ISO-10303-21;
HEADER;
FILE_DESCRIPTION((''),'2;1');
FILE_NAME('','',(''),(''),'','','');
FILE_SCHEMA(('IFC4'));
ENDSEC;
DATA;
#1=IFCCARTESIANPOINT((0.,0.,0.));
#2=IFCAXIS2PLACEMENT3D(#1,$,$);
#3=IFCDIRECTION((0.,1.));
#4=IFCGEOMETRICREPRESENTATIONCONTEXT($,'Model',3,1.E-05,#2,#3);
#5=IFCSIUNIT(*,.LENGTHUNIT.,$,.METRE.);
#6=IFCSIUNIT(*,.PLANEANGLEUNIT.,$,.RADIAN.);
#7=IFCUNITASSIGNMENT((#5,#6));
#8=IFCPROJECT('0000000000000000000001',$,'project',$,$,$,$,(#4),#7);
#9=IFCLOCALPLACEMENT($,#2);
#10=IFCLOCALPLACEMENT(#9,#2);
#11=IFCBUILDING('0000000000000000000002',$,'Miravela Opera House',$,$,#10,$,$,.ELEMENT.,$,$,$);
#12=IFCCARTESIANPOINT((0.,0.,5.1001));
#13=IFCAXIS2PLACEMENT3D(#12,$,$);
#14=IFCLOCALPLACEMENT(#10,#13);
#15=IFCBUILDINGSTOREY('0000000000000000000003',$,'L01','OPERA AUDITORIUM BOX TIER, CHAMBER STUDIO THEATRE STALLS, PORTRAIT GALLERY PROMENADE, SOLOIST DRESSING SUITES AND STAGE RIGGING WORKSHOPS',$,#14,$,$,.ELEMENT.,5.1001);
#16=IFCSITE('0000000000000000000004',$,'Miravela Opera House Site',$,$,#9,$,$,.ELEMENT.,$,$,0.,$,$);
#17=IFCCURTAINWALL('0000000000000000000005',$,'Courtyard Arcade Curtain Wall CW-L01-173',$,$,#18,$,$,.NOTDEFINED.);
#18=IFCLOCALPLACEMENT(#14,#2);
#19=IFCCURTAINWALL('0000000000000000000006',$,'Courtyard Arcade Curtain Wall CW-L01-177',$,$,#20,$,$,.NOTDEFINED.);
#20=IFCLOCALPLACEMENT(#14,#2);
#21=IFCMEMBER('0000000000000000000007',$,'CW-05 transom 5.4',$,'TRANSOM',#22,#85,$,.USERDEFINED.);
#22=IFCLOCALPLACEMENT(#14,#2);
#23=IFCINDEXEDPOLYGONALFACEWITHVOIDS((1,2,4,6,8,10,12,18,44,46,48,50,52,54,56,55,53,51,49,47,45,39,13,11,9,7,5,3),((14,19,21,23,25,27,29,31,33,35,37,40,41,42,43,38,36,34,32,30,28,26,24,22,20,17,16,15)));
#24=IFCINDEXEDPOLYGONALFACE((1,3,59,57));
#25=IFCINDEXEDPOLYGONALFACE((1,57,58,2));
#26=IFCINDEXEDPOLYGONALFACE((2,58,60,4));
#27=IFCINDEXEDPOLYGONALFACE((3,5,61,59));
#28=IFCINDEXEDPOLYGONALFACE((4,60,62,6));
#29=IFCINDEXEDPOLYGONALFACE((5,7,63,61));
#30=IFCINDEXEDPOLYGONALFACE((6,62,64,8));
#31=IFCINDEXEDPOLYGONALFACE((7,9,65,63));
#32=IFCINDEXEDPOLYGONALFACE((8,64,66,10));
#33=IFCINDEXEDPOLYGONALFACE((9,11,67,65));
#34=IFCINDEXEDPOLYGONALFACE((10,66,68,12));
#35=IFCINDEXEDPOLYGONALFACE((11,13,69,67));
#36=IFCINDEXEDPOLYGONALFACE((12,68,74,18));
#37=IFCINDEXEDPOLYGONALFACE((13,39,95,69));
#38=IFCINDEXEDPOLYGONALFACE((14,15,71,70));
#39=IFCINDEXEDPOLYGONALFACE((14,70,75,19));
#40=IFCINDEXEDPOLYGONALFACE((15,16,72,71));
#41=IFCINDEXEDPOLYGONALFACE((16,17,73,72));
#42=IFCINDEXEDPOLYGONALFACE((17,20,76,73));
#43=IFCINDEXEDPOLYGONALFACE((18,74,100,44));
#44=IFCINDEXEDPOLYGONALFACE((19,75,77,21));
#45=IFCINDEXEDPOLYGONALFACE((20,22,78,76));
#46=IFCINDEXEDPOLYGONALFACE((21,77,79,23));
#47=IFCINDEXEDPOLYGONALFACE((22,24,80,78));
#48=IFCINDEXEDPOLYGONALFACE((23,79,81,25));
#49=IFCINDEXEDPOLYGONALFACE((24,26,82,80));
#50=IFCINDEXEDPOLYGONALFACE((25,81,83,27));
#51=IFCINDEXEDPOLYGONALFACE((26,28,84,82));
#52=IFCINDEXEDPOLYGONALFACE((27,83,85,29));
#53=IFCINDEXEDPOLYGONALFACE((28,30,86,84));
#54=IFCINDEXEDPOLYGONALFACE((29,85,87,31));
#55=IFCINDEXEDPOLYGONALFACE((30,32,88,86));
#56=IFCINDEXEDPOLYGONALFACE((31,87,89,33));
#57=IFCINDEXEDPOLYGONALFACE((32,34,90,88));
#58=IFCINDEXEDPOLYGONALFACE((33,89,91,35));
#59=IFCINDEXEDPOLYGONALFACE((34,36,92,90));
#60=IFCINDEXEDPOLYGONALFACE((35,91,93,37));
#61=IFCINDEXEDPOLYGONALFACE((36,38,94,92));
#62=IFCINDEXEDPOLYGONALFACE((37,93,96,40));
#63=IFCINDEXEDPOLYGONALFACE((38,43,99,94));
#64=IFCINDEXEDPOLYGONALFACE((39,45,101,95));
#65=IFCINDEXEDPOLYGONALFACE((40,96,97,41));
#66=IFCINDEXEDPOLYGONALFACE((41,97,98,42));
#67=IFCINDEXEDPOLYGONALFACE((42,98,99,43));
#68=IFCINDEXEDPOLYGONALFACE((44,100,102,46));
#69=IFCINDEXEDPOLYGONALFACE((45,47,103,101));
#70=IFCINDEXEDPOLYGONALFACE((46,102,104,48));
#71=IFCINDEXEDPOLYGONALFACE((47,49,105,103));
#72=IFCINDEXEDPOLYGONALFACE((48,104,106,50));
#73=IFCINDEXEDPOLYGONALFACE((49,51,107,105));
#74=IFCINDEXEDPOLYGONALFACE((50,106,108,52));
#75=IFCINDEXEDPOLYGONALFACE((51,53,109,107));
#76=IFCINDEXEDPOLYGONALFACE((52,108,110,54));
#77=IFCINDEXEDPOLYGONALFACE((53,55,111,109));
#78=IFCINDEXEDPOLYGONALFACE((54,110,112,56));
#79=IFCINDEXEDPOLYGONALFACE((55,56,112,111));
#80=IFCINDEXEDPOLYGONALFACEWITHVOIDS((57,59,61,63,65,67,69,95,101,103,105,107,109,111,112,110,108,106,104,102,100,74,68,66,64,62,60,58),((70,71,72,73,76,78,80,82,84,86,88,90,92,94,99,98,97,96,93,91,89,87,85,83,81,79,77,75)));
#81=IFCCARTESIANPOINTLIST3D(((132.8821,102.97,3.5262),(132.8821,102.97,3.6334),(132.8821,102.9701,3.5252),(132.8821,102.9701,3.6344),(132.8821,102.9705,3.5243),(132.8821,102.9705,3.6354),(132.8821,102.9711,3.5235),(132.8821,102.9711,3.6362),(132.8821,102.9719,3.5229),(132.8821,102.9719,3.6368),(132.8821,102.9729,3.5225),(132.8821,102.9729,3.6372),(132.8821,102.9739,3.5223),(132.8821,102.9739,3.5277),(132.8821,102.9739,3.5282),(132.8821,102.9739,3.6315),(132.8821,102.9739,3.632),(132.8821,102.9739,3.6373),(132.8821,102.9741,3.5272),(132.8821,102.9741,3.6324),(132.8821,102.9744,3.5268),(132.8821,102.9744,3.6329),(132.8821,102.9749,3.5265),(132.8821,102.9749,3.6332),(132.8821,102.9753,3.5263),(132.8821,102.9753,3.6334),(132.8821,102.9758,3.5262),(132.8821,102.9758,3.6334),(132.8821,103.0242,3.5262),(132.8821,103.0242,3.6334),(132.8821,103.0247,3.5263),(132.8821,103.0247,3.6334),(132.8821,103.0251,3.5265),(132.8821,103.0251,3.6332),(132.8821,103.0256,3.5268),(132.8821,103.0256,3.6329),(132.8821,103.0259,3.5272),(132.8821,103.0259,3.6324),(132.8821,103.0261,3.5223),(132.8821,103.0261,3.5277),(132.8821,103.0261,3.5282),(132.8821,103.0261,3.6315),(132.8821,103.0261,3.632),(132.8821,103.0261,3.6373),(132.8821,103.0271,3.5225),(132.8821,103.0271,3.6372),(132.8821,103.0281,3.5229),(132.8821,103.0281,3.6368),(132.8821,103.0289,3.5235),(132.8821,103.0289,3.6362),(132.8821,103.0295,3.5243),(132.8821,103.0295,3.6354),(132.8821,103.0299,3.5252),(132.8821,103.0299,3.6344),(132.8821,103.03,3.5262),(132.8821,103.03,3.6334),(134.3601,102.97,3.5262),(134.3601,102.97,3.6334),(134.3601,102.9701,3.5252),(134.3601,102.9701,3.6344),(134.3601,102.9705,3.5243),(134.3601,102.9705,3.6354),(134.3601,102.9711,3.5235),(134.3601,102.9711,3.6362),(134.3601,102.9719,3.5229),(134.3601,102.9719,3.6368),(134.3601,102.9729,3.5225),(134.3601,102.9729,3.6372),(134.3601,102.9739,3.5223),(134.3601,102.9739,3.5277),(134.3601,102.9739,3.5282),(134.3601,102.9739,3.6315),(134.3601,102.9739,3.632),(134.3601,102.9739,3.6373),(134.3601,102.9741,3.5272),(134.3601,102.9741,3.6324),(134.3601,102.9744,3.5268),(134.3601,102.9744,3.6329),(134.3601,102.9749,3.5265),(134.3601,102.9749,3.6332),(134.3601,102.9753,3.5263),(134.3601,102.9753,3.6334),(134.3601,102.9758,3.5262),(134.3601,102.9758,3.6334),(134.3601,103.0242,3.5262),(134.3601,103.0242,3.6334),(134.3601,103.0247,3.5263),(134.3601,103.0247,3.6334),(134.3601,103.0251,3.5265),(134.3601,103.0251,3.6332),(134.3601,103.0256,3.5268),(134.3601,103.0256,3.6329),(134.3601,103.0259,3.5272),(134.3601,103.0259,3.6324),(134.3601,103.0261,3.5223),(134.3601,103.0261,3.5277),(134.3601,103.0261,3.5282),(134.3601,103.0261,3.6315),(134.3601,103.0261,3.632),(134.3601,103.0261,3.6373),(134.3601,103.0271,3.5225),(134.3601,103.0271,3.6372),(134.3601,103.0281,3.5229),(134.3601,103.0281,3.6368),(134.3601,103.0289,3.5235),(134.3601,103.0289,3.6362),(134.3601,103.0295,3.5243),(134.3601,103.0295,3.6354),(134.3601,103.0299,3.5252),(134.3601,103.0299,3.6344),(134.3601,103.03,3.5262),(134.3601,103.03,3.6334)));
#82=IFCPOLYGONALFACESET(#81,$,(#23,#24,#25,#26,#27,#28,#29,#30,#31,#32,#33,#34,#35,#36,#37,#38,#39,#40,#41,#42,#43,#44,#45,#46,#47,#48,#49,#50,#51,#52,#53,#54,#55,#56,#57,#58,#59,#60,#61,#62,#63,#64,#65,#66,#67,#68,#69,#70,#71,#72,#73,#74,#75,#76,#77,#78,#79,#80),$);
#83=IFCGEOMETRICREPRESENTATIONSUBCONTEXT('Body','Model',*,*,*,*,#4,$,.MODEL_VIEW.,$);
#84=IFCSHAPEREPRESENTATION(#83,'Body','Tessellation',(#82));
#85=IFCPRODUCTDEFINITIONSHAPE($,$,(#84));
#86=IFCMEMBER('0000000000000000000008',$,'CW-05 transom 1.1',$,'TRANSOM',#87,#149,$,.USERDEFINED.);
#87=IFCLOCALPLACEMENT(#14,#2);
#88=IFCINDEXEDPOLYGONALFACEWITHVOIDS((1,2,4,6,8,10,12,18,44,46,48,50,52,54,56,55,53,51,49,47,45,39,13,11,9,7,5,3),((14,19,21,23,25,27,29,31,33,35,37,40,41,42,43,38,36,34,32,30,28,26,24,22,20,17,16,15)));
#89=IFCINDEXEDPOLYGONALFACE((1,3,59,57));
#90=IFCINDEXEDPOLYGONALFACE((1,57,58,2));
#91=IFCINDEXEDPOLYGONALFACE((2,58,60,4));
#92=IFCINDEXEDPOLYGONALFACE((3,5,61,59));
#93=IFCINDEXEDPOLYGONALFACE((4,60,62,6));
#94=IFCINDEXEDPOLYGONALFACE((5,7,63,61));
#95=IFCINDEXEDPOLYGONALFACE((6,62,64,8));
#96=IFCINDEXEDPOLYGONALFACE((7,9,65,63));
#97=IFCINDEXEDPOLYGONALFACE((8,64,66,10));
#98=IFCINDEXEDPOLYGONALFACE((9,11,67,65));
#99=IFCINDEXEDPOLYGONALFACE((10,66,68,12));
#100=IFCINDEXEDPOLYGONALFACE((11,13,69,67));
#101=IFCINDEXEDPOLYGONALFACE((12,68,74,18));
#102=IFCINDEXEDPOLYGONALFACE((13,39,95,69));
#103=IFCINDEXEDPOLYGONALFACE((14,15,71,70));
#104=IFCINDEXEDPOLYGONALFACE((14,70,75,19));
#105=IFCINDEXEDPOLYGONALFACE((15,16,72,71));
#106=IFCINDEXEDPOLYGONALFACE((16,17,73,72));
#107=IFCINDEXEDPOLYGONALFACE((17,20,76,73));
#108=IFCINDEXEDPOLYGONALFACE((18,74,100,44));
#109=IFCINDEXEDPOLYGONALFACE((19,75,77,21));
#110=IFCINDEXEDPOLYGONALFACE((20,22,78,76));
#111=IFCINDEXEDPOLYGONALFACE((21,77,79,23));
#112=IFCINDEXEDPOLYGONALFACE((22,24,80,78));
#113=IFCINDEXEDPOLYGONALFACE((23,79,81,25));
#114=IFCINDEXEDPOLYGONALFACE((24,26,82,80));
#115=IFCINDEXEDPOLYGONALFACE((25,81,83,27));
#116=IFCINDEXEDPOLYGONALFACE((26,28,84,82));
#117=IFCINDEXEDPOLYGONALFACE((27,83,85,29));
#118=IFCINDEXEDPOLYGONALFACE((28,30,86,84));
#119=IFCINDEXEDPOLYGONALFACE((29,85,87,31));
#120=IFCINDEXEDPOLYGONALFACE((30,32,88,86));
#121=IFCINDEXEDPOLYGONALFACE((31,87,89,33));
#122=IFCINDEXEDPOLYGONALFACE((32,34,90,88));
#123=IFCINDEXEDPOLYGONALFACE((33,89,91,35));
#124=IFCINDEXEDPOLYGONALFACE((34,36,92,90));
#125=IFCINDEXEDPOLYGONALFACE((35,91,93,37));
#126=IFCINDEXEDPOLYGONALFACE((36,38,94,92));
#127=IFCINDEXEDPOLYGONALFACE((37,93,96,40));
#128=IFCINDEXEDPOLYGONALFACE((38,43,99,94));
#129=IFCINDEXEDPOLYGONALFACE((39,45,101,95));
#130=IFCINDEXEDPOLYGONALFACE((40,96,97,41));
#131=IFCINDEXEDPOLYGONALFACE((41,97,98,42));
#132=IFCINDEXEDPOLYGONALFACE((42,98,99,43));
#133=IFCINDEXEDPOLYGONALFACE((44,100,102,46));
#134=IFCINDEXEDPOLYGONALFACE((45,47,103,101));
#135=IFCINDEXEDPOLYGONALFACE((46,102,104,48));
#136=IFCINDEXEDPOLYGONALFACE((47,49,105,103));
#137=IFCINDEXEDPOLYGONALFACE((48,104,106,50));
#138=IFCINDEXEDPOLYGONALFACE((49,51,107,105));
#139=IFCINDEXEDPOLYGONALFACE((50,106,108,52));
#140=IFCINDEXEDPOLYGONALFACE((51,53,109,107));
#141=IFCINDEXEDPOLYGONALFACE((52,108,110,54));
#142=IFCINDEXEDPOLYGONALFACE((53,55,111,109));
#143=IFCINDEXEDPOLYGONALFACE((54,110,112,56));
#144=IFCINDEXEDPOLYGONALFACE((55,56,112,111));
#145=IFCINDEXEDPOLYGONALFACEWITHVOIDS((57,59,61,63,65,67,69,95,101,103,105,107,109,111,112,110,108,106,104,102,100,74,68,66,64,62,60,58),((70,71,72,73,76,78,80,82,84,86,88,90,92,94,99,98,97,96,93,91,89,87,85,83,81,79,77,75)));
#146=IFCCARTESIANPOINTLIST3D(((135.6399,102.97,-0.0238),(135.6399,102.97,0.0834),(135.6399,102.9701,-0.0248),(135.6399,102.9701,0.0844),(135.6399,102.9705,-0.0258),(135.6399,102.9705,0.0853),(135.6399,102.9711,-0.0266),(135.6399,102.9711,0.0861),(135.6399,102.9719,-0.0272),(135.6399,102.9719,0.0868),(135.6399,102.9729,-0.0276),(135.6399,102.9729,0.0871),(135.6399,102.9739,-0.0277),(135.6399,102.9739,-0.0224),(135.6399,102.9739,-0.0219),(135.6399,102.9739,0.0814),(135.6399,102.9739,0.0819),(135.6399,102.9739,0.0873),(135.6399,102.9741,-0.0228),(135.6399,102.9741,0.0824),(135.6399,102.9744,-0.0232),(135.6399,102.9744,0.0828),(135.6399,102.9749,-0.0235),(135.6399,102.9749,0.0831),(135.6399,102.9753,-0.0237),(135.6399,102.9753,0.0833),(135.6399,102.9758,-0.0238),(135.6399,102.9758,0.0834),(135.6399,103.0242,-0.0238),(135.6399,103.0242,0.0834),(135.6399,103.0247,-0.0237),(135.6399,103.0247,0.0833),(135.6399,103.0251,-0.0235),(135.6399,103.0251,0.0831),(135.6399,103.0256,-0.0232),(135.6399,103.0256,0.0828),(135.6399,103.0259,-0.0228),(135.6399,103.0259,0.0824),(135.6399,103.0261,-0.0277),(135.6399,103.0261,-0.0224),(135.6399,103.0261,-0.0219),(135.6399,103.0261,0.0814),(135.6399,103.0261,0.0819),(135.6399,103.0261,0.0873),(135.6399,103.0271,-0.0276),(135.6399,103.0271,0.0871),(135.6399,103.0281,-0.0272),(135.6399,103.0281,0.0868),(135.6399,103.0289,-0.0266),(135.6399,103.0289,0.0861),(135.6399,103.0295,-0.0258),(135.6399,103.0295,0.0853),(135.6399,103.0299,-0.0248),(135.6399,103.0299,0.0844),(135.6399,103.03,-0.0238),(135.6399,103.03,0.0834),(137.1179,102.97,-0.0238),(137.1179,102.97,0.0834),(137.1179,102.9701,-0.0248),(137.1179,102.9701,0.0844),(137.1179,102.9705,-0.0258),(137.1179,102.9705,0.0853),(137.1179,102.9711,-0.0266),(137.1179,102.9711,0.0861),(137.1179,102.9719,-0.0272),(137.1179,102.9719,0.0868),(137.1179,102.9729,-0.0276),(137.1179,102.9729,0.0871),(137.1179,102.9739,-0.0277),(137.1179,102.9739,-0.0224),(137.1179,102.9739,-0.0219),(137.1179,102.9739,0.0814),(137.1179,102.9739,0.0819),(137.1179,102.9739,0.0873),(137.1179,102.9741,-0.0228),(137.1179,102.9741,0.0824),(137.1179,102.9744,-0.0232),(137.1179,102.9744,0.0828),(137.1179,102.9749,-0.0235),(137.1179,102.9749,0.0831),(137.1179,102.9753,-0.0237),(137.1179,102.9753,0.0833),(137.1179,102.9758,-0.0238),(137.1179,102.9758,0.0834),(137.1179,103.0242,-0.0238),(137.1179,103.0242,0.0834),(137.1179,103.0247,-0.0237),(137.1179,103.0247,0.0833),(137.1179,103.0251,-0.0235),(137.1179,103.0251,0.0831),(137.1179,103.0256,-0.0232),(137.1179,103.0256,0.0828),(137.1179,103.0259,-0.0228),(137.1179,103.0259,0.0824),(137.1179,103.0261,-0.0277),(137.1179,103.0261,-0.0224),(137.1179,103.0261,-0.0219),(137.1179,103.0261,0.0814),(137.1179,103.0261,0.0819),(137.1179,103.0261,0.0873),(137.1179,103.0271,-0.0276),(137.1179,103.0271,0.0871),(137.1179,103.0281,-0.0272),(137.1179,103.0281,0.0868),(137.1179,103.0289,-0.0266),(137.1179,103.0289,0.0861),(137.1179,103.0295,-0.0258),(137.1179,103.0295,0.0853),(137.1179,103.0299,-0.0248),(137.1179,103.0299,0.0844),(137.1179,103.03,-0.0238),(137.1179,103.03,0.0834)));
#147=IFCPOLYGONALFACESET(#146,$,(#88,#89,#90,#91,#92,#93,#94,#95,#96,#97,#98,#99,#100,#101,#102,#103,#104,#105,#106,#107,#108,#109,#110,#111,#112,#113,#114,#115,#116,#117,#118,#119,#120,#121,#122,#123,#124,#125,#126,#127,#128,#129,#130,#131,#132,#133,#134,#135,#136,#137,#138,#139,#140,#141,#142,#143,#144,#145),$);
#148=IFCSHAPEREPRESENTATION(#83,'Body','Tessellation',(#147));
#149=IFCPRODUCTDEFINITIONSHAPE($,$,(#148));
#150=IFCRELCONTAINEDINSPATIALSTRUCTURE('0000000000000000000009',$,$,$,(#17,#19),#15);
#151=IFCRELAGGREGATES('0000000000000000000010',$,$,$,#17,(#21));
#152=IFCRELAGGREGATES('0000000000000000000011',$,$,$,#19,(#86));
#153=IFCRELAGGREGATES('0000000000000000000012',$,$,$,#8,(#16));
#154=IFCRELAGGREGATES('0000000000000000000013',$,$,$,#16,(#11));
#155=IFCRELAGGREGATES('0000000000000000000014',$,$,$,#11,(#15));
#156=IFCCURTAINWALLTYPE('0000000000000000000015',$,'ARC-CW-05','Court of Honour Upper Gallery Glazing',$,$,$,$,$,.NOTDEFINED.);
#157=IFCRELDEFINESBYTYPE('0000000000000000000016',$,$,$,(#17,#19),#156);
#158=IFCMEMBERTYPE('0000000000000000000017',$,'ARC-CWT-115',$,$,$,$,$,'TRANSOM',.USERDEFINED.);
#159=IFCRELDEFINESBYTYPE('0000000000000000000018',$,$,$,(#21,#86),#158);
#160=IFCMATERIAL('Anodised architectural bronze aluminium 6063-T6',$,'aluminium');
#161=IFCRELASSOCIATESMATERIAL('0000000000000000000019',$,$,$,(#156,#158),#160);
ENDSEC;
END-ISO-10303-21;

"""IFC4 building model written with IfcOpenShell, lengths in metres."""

from ifc_helpers import new_model, si_unit, direction, frame, origin, origin_2d, place, context, subcontext, project, spatial, hollow_rectangle, extrude, material, material_profile, profile_set, type_object, element, aggregate, save


model = new_model("IFC4")

# Units and contexts
model_context = context("Model", 3, precision=1e-05, world=origin(), true_north=direction((0.0, 1.0)))
body_context = subcontext(model_context, "Body", "Model", "MODEL_VIEW")
ifc_project = project(units=[si_unit("LENGTHUNIT", "METRE"), si_unit("PLANEANGLEUNIT", "RADIAN")], contexts=[model_context])

# Site, building, storey
site_placement = place(None, origin())
site = spatial("IfcSite", under=ifc_project, at=site_placement, Name="Miravela Opera House Site", CompositionType="ELEMENT", RefElevation=0.0)
building_placement = place(site_placement, origin())
building = spatial("IfcBuilding", under=site, at=building_placement, Name="Miravela Opera House", CompositionType="ELEMENT")
storey_placement = place(building_placement, frame((0.0, 0.0, 5.1001)))
storey = spatial("IfcBuildingStorey", under=building, at=storey_placement, Name="L01", Description="OPERA AUDITORIUM BOX TIER, CHAMBER STUDIO THEATRE STALLS, PORTRAIT GALLERY PROMENADE, SOLOIST DRESSING SUITES AND STAGE RIGGING WORKSHOPS", CompositionType="ELEMENT", Elevation=5.1001)

# Curtain wall
ifc_material_1 = material(Name="Anodised architectural bronze aluminium 6063-T6", Category="aluminium")
curtain_wall_type = type_object("IfcCurtainWallType", Name="ARC-CW-05", Description="Court of Honour Upper Gallery Glazing", PredefinedType="NOTDEFINED", material=ifc_material_1)
curtain_wall_1_placement = place(storey_placement, origin())
curtain_wall_1 = element("IfcCurtainWall", 1, at=curtain_wall_1_placement, inside=storey, type_object=curtain_wall_type, Name="Courtyard Arcade Curtain Wall CW-L01-173", PredefinedType="NOTDEFINED")

# Curtain wall
curtain_wall_2_placement = place(storey_placement, origin())
curtain_wall_2 = element("IfcCurtainWall", 2, at=curtain_wall_2_placement, inside=storey, type_object=curtain_wall_type, Name="Courtyard Arcade Curtain Wall CW-L01-177", PredefinedType="NOTDEFINED")

# Members
ifc_material_profile_1 = material_profile(ifc_material_1, hollow_rectangle(XDim=0.0601, YDim=0.115, WallThickness=0.0039, InnerFilletRadius=0.002, OuterFilletRadius=0.0039, at=origin_2d()), Name="CWT-60X115")
ifc_profile_set_1 = profile_set([ifc_material_profile_1])
member_type_1 = type_object("IfcMemberType", Name="ARC-CWT-115", ElementType="TRANSOM", PredefinedType="USERDEFINED", material=ifc_profile_set_1)
member_1_placement = place(storey_placement, frame((132.8821, 103.0, 3.5798), z_axis=(1.0, 0.0, 0.0), x_axis=(0.0, 1.0, 0.0)))
member_1 = element("IfcMember", 3, at=member_1_placement, type_object=member_type_1, Name="CW-05 transom 5.4", ObjectType="TRANSOM", PredefinedType="USERDEFINED", context=body_context, shape_type="SweptSolid", body=[
    extrude(hollow_rectangle(XDim=0.0601, YDim=0.115, WallThickness=0.0039, InnerFilletRadius=0.002, OuterFilletRadius=0.0039, at=origin_2d()), origin(), (0.0, 0.0, 1.0), 1.478),
])
member_2_placement = place(storey_placement, frame((135.6399, 103.0, 0.0298), z_axis=(1.0, 0.0, 0.0), x_axis=(0.0, 1.0, 0.0)))
member_2 = element("IfcMember", 4, at=member_2_placement, type_object=member_type_1, Name="CW-05 transom 1.1", ObjectType="TRANSOM", PredefinedType="USERDEFINED", context=body_context, shape_type="SweptSolid", body=[
    extrude(hollow_rectangle(XDim=0.0601, YDim=0.115, WallThickness=0.0039, InnerFilletRadius=0.002, OuterFilletRadius=0.0039, at=origin_2d()), origin(), (0.0, 0.0, 1.0), 1.478),
])

aggregate(curtain_wall_1, [member_1])
aggregate(curtain_wall_2, [member_2])

save(model, "model.ifc")
